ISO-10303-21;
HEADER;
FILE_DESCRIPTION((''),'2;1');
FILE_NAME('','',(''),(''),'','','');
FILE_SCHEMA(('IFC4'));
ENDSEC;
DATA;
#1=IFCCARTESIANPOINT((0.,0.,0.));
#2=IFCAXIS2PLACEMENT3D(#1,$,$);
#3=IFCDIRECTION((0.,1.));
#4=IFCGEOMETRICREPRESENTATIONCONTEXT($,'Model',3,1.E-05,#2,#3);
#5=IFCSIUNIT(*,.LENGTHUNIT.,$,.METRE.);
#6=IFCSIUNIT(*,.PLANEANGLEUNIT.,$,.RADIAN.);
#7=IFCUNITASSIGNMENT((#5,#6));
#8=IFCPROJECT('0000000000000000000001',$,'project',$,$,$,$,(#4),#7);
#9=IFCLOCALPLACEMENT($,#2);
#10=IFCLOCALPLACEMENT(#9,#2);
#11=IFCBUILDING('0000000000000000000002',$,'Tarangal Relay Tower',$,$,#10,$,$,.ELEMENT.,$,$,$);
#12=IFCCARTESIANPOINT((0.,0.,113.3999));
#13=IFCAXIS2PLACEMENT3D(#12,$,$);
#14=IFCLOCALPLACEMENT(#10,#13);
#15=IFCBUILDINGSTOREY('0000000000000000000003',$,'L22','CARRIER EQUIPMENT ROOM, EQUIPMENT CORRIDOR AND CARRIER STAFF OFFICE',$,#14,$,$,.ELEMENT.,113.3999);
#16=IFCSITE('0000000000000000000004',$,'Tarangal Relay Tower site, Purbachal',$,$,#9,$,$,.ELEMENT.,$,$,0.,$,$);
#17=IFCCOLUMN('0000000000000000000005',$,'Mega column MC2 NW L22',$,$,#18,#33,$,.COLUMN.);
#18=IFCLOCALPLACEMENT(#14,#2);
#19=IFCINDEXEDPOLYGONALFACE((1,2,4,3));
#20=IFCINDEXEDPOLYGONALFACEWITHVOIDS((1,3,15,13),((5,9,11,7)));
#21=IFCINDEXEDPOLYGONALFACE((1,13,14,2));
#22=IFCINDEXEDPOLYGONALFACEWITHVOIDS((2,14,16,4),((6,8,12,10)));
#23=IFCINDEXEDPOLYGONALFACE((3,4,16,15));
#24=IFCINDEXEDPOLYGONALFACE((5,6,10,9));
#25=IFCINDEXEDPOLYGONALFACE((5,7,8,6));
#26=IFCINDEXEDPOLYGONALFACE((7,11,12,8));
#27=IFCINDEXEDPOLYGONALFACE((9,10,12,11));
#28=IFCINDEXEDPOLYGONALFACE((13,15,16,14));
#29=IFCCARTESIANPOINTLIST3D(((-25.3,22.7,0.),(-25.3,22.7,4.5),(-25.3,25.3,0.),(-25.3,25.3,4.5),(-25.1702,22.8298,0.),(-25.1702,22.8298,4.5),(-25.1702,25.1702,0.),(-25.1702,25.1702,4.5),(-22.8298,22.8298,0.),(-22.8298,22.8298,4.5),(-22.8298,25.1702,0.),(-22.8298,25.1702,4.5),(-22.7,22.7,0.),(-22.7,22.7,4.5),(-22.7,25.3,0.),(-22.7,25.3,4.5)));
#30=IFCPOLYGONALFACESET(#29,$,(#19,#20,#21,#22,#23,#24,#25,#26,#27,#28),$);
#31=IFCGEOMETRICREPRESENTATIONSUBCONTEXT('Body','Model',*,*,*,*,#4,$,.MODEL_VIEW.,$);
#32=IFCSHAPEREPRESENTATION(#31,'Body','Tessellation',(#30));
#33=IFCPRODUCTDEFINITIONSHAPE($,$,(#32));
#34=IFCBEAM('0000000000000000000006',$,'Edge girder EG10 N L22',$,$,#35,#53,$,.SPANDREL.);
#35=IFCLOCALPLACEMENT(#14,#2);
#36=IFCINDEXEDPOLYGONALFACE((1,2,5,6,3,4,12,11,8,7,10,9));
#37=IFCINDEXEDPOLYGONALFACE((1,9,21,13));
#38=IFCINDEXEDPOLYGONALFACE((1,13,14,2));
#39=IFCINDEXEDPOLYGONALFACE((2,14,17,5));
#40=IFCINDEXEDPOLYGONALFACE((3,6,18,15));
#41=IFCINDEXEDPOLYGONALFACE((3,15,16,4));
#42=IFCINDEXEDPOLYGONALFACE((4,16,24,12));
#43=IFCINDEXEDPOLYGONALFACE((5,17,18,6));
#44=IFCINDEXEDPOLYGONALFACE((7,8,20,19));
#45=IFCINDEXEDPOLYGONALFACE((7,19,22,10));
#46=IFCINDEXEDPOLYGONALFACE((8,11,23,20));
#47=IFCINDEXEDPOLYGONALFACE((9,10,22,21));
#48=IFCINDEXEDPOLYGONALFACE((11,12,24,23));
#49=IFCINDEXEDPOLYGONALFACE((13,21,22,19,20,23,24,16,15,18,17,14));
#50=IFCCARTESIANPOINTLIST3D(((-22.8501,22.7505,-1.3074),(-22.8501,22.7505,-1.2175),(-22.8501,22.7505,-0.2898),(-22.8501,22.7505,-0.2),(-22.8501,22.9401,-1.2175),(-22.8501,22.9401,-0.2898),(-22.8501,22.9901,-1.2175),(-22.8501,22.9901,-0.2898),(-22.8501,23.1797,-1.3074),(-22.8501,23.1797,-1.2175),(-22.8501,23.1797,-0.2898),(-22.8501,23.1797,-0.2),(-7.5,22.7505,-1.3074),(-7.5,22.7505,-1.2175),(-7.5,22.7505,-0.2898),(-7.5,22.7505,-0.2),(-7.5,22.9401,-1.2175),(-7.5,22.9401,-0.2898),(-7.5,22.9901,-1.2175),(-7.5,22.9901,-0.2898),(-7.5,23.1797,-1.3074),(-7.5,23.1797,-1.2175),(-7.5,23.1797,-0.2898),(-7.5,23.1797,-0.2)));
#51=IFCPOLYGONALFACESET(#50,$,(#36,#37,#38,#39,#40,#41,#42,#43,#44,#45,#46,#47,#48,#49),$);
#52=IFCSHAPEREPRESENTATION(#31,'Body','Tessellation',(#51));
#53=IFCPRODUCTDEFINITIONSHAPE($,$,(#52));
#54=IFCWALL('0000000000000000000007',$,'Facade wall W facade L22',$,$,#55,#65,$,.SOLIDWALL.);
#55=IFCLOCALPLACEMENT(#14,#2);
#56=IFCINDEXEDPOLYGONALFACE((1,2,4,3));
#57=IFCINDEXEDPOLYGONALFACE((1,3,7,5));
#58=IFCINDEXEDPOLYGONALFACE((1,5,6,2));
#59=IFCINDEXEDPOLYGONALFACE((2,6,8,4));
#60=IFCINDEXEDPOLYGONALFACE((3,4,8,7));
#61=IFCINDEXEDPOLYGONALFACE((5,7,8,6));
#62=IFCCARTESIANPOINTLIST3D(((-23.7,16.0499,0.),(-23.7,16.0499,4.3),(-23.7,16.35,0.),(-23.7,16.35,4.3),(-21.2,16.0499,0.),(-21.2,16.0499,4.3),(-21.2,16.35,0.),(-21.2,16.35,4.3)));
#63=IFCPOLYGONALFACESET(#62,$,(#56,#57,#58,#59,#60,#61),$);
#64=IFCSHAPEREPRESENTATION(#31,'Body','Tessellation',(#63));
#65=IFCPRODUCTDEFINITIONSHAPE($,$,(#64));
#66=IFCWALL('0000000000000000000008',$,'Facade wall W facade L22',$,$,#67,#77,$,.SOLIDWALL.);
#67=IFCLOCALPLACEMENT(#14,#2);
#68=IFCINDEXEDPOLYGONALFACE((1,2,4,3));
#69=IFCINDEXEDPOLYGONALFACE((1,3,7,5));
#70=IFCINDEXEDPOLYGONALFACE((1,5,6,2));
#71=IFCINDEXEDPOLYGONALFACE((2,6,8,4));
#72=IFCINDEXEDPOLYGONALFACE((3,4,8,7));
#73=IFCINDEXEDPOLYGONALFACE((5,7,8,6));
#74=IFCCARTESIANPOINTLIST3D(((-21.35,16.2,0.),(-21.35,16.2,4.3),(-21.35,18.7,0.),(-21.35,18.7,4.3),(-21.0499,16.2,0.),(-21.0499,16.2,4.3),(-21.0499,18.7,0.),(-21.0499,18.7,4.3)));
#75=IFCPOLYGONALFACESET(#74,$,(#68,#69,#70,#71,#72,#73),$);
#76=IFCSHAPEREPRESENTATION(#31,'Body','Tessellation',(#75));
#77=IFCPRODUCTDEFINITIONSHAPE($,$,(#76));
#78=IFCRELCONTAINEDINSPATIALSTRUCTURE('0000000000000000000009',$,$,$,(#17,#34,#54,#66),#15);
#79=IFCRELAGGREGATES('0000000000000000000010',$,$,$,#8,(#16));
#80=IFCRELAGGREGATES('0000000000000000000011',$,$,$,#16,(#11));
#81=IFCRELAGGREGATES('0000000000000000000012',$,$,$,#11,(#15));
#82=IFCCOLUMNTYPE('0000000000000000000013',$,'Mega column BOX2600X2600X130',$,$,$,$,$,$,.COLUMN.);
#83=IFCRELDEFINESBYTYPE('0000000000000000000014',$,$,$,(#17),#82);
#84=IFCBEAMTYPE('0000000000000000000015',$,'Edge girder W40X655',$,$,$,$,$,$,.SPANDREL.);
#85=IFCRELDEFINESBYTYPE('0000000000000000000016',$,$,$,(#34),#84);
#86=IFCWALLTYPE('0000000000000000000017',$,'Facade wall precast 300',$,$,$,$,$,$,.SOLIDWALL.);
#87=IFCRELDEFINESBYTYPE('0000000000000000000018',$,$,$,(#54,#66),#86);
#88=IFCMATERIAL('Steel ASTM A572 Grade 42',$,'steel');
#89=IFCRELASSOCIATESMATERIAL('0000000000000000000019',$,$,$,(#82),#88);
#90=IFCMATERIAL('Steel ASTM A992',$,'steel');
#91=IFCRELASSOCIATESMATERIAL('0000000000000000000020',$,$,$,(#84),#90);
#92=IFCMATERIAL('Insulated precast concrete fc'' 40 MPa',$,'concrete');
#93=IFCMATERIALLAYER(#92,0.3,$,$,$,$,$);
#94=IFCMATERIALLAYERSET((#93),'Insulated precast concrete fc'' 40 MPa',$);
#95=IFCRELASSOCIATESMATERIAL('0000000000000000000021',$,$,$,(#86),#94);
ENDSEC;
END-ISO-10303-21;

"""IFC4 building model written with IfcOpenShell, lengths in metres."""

from ifc_helpers import new_model, si_unit, direction, frame, frame_2d, origin, origin_2d, place, context, subcontext, project, spatial, rectangle, hollow_rectangle, i_section, extrude, material, layer, layer_set, material_profile, profile_set, type_object, element, save


model = new_model("IFC4")

# Units and contexts
model_context = context("Model", 3, precision=1e-05, world=origin(), true_north=direction((0.0, 1.0)))
body_context = subcontext(model_context, "Body", "Model", "MODEL_VIEW")
ifc_project = project(units=[si_unit("LENGTHUNIT", "METRE"), si_unit("PLANEANGLEUNIT", "RADIAN")], contexts=[model_context])

# Site, building, storey
site_placement = place(None, origin())
site = spatial("IfcSite", under=ifc_project, at=site_placement, Name="Tarangal Relay Tower site, Purbachal", CompositionType="ELEMENT", RefElevation=0.0)
building_placement = place(site_placement, origin())
building = spatial("IfcBuilding", under=site, at=building_placement, Name="Tarangal Relay Tower", CompositionType="ELEMENT")
storey_placement = place(building_placement, frame((0.0, 0.0, 113.3999)))
storey = spatial("IfcBuildingStorey", under=building, at=storey_placement, Name="L22", Description="CARRIER EQUIPMENT ROOM, EQUIPMENT CORRIDOR AND CARRIER STAFF OFFICE", CompositionType="ELEMENT", Elevation=113.3999)

# Column
ifc_material_1 = material(Name="Steel ASTM A572 Grade 42", Category="steel")
ifc_material_profile_1 = material_profile(ifc_material_1, hollow_rectangle(XDim=2.6001, YDim=2.6001, WallThickness=0.1299, at=origin_2d()), Name="BOX2600X2600X130")
ifc_profile_set_1 = profile_set([ifc_material_profile_1], Name="Steel ASTM A572 Grade 42")
column_type = type_object("IfcColumnType", Name="Mega column BOX2600X2600X130", PredefinedType="COLUMN", material=ifc_profile_set_1)
column_placement = place(storey_placement, frame((-24.0, 24.0, 0.0), z_axis=(0.0, 0.0, 1.0), x_axis=(1.0, 0.0, 0.0)))
element("IfcColumn", 1, at=column_placement, inside=storey, type_object=column_type, Name="Mega column MC2 NW L22", PredefinedType="COLUMN", context=body_context, shape_type="SweptSolid", body=[
    extrude(hollow_rectangle(XDim=2.6001, YDim=2.6001, WallThickness=0.1299, at=origin_2d()), origin(), (0.0, 0.0, 1.0), 4.5),
])

# Beam
ifc_material_2 = material(Name="Steel ASTM A992", Category="steel")
ifc_material_profile_2 = material_profile(ifc_material_2, i_section(OverallWidth=0.4292, OverallDepth=1.1074, WebThickness=0.05, FlangeThickness=0.0898, at=origin_2d()), Name="W40X655")
ifc_profile_set_2 = profile_set([ifc_material_profile_2], Name="Steel ASTM A992")
beam_type = type_object("IfcBeamType", Name="Edge girder W40X655", PredefinedType="SPANDREL", material=ifc_profile_set_2)
beam_placement = place(storey_placement, frame((-22.8501, 22.9651, -0.7537), z_axis=(1.0, 0.0, 0.0), x_axis=(0.0, 1.0, 0.0)))
element("IfcBeam", 2, at=beam_placement, inside=storey, type_object=beam_type, Name="Edge girder EG10 N L22", PredefinedType="SPANDREL", context=body_context, shape_type="SweptSolid", body=[
    extrude(i_section(OverallWidth=0.4292, OverallDepth=1.1074, WebThickness=0.05, FlangeThickness=0.0898, at=origin_2d()), origin(), (0.0, 0.0, 1.0), 15.3501),
])

# Walls
ifc_material_3 = material(Name="Insulated precast concrete fc' 40 MPa", Category="concrete")
ifc_layer = layer(ifc_material_3, 0.3)
ifc_layer_set = layer_set([ifc_layer], Name="Insulated precast concrete fc' 40 MPa")
wall_type = type_object("IfcWallType", Name="Facade wall precast 300", PredefinedType="SOLIDWALL", material=ifc_layer_set)
for number, where, z_axis, x_axis, name in (
    (3, (-23.7, 16.2, 0.0), (0.0, 0.0, 1.0), (1.0, 0.0, 0.0), "Facade wall W facade L22"),
    (4, (-21.2, 16.2, 0.0), (0.0, 0.0, 1.0), (0.0, 1.0, 0.0), "Facade wall W facade L22"),
):
    element("IfcWall", number, at=place(storey_placement, frame(where, z_axis=z_axis, x_axis=x_axis)), inside=storey, type_object=wall_type, Name=name, PredefinedType="SOLIDWALL", context=body_context, shape_type="SweptSolid", body=[
        extrude(rectangle(XDim=2.5, YDim=0.3, at=frame_2d((1.25, 0.0))), origin(), (0.0, 0.0, 1.0), 4.3),
    ])

save(model, "model.ifc")
